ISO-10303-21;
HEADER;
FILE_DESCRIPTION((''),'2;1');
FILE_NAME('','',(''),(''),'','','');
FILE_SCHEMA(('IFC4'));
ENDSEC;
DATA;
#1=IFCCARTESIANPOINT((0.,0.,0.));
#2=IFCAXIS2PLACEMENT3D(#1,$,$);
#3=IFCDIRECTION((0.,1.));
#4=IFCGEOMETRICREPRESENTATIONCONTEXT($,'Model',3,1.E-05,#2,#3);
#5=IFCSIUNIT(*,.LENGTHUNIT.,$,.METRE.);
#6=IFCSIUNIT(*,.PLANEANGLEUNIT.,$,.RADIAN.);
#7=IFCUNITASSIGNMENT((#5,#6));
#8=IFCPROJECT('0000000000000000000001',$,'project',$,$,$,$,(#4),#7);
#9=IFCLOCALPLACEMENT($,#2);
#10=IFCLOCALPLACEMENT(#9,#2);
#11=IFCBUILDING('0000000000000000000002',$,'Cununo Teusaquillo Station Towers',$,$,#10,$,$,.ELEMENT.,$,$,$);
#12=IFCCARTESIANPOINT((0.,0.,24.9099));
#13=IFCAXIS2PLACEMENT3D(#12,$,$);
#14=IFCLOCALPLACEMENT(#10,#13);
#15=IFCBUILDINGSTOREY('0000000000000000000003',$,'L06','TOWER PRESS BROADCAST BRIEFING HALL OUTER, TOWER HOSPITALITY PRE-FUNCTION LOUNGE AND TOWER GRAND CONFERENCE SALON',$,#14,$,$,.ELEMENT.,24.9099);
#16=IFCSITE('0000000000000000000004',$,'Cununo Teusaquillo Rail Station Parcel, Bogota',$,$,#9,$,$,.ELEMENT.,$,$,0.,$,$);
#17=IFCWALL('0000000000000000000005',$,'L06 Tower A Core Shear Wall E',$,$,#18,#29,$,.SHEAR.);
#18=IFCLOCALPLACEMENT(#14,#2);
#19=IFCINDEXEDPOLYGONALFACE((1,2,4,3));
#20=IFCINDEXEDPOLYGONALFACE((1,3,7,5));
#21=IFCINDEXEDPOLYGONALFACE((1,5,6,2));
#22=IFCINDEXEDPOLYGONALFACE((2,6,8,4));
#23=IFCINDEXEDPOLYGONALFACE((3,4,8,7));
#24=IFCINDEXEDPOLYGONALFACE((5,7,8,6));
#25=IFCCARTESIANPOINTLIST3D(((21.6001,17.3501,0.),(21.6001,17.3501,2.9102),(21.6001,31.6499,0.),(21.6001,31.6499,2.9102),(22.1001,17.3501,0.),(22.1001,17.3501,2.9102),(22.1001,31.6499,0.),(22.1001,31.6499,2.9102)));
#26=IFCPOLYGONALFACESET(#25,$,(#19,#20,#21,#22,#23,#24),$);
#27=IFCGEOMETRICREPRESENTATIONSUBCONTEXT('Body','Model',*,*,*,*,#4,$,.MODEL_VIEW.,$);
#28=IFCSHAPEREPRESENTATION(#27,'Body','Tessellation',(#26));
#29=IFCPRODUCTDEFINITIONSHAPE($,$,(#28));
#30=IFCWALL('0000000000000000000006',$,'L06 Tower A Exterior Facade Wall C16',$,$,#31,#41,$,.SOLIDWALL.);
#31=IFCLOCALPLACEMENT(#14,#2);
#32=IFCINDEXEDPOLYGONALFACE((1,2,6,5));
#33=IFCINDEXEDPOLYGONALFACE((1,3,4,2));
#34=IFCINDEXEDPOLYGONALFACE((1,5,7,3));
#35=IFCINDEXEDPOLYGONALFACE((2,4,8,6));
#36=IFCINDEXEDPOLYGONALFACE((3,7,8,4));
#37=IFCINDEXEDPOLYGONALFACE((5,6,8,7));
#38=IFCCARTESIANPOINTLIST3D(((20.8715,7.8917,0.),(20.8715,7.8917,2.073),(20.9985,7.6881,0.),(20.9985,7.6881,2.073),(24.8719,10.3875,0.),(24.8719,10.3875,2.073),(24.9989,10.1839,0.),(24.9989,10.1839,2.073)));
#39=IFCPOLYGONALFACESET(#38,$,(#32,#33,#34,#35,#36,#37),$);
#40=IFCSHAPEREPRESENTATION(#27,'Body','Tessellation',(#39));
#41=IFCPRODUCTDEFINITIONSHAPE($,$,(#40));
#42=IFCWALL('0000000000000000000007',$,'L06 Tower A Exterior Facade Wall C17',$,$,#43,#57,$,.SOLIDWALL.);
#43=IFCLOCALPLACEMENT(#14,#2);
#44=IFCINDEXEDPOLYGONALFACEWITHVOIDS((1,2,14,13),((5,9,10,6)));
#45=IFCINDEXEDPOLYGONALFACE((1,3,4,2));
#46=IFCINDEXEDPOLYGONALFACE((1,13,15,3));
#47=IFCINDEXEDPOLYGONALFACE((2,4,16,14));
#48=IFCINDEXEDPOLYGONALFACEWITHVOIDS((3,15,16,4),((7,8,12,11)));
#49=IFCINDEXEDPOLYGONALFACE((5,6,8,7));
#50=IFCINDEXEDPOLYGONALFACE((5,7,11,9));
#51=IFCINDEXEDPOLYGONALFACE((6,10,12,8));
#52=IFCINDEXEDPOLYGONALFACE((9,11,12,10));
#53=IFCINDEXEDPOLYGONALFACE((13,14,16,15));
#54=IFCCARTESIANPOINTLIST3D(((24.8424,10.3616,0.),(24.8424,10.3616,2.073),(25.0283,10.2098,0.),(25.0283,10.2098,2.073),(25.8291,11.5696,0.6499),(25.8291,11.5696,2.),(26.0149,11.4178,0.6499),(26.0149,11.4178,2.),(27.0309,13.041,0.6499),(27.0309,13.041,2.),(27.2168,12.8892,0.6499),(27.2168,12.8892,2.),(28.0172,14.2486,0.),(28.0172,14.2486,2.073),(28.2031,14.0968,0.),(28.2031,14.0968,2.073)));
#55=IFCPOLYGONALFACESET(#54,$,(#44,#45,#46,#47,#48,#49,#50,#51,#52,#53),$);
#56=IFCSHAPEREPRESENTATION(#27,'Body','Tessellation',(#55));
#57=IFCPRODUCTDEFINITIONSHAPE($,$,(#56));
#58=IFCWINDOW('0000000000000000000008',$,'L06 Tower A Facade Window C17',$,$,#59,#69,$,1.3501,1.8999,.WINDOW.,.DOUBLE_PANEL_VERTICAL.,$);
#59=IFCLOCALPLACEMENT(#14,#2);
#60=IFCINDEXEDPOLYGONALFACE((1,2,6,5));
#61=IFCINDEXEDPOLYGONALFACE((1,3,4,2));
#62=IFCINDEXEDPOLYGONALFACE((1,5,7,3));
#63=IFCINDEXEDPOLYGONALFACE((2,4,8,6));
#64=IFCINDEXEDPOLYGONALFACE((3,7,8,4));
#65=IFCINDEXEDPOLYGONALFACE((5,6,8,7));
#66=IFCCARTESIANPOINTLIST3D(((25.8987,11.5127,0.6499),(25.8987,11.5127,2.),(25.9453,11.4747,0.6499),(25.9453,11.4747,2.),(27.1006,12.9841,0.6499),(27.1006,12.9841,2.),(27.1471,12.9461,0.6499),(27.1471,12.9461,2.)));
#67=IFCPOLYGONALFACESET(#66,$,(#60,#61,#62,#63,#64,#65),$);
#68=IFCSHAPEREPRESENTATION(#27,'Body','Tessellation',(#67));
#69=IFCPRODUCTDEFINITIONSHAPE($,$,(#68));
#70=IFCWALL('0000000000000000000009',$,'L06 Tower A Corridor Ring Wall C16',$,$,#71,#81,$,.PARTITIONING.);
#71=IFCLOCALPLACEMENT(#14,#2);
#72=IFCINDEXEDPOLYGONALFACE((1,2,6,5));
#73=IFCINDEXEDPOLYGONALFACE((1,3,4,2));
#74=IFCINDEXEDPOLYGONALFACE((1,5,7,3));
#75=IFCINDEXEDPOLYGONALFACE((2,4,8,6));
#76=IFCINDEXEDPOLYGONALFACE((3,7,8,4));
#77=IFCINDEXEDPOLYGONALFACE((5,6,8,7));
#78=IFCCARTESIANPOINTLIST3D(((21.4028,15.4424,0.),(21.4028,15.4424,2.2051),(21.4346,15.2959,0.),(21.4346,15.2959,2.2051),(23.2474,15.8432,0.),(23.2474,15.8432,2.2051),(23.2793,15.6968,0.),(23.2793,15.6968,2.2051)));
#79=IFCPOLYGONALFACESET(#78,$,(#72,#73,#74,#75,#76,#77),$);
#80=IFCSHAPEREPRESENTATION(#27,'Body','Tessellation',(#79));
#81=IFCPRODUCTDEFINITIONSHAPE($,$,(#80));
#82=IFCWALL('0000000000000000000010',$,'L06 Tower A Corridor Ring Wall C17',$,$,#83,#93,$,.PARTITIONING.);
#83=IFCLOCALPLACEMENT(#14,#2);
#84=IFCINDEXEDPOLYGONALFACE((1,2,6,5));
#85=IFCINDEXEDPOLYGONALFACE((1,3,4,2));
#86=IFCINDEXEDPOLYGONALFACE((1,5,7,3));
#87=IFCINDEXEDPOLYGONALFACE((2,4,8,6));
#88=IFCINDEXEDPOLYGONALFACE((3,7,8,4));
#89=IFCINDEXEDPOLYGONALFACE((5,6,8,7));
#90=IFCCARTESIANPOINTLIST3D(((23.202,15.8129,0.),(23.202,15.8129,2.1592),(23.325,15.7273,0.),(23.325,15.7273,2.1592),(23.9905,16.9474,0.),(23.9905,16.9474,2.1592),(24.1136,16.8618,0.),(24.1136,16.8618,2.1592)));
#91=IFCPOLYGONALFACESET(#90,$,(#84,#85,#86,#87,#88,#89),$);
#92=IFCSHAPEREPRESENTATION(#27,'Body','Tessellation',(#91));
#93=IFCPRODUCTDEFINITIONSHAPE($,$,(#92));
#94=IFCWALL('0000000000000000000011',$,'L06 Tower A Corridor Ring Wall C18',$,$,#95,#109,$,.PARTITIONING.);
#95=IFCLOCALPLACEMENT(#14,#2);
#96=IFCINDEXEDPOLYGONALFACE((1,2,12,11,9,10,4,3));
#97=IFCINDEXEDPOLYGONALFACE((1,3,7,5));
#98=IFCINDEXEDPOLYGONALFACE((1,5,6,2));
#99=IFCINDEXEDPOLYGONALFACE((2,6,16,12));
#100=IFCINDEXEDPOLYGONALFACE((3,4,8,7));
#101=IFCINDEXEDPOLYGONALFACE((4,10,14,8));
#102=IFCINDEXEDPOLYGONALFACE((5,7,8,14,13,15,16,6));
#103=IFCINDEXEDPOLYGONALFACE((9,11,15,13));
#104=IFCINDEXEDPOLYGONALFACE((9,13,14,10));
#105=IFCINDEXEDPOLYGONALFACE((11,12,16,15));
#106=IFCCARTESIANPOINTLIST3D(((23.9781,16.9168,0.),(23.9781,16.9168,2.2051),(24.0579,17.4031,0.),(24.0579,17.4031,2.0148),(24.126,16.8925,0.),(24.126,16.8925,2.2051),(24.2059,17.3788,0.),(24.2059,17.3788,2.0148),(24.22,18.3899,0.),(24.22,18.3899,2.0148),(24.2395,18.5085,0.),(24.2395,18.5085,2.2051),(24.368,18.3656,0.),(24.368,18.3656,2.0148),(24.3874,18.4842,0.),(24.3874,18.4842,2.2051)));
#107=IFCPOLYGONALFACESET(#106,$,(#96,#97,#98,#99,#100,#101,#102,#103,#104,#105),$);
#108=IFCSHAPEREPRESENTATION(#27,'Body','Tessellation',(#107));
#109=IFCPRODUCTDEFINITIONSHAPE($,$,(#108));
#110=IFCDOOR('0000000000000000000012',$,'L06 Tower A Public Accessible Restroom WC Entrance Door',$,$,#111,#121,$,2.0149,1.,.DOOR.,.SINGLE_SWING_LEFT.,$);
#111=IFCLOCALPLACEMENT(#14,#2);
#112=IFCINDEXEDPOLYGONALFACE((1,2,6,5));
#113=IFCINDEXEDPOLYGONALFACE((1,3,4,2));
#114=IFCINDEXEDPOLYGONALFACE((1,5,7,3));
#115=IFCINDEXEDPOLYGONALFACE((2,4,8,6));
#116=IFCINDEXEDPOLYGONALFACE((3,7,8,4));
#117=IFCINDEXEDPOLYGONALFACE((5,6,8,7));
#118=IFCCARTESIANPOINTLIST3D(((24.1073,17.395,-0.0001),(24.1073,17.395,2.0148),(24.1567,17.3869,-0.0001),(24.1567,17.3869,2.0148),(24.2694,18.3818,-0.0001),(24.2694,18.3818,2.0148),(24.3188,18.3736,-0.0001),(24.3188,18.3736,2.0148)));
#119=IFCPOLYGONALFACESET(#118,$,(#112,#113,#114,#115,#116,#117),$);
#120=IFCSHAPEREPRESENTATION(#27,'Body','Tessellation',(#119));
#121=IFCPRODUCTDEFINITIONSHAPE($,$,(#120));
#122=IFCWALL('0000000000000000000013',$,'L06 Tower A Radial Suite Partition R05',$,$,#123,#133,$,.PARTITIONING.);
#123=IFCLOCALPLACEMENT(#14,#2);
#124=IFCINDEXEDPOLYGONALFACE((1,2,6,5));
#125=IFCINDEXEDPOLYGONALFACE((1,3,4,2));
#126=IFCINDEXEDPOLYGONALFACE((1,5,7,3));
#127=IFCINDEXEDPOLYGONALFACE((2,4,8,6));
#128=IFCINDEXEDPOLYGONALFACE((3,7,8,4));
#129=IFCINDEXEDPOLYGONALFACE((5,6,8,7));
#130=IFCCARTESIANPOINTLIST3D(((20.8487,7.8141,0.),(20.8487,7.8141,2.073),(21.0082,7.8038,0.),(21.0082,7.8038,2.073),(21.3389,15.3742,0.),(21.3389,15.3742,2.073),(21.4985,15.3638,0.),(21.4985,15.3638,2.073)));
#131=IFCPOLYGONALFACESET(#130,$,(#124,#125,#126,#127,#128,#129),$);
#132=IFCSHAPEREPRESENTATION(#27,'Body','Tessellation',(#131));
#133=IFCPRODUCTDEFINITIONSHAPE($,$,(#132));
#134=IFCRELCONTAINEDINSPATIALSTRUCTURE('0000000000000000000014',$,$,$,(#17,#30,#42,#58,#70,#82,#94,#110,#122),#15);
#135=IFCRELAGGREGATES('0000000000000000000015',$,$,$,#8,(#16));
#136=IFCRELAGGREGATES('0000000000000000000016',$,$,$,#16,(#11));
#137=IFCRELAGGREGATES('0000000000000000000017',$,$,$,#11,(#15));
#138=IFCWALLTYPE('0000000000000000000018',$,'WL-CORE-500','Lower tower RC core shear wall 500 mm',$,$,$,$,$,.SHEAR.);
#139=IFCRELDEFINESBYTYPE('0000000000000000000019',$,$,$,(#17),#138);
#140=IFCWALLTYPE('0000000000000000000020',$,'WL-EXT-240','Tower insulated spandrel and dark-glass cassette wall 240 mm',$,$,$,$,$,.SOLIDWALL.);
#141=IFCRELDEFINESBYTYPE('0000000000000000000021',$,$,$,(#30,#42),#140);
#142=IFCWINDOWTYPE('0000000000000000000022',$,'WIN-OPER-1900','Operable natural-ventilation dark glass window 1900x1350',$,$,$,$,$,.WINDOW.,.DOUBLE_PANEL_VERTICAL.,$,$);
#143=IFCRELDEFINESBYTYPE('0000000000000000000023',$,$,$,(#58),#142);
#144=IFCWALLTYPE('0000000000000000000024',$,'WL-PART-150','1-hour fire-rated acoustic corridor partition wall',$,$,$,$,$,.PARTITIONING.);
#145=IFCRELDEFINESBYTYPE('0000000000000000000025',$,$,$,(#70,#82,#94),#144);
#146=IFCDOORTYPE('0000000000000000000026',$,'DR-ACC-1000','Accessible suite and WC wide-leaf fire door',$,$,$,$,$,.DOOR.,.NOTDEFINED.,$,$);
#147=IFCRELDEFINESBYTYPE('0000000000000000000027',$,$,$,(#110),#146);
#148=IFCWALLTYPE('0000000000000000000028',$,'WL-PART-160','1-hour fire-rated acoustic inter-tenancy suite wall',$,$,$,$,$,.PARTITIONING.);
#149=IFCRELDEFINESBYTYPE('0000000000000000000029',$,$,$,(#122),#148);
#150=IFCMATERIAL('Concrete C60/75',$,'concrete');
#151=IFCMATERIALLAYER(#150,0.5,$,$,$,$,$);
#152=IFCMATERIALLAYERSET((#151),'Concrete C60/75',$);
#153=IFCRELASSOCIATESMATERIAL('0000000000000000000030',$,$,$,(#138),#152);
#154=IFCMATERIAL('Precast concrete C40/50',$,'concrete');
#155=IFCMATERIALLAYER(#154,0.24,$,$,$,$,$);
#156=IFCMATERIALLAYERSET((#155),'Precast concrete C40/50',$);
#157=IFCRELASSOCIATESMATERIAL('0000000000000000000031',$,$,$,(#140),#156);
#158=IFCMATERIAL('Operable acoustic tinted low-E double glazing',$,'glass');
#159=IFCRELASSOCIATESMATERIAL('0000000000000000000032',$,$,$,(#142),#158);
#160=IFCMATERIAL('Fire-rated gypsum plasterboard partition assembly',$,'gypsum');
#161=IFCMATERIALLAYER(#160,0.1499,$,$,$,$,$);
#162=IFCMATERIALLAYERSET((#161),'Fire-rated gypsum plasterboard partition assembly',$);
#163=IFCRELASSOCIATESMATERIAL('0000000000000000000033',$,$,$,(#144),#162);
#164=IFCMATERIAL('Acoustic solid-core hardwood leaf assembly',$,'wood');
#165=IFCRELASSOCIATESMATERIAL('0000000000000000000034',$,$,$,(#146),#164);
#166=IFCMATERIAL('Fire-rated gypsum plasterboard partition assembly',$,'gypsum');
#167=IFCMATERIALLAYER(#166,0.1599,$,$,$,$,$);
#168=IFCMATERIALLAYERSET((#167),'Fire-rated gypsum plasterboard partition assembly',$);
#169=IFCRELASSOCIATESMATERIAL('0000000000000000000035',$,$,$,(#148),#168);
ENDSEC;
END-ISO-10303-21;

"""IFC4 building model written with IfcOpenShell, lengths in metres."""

from ifc_helpers import new_model, si_unit, direction, frame, frame_2d, origin, place, context, subcontext, project, spatial, rectangle, extrude, source, transform, mapped, material, layer, layer_set, type_object, element, fill, save


model = new_model("IFC4")

# Units and contexts
model_context = context("Model", 3, precision=1e-05, world=origin(), true_north=direction((0.0, 1.0)))
body_context = subcontext(model_context, "Body", "Model", "MODEL_VIEW")
ifc_project = project(units=[si_unit("LENGTHUNIT", "METRE"), si_unit("PLANEANGLEUNIT", "RADIAN")], contexts=[model_context])

# Site, building, storey
site_placement = place(None, origin())
site = spatial("IfcSite", under=ifc_project, at=site_placement, Name="Cununo Teusaquillo Rail Station Parcel, Bogota", CompositionType="ELEMENT", RefElevation=0.0)
building_placement = place(site_placement, origin())
building = spatial("IfcBuilding", under=site, at=building_placement, Name="Cununo Teusaquillo Station Towers", CompositionType="ELEMENT")
storey_placement = place(building_placement, frame((0.0, 0.0, 24.9099)))
storey = spatial("IfcBuildingStorey", under=building, at=storey_placement, Name="L06", Description="TOWER PRESS BROADCAST BRIEFING HALL OUTER, TOWER HOSPITALITY PRE-FUNCTION LOUNGE AND TOWER GRAND CONFERENCE SALON", CompositionType="ELEMENT", Elevation=24.9099)

# Walls
ifc_material_1 = material(Name="Concrete C60/75", Category="concrete")
ifc_layer_1 = layer(ifc_material_1, 0.5)
ifc_layer_set_1 = layer_set([ifc_layer_1], Name="Concrete C60/75")
wall_type_1 = type_object("IfcWallType", Name="WL-CORE-500", Description="Lower tower RC core shear wall 500 mm", PredefinedType="SHEAR", material=ifc_layer_set_1)
wall_1_placement = place(storey_placement, frame((21.8501, 17.3501, 0.0), z_axis=(0.0, 0.0, 1.0), x_axis=(0.0, 1.0, 0.0)))
element("IfcWall", 1, at=wall_1_placement, inside=storey, type_object=wall_type_1, Name="L06 Tower A Core Shear Wall E", PredefinedType="SHEAR", context=body_context, shape_type="SweptSolid", body=[
    extrude(rectangle(XDim=14.2998, YDim=0.5, at=frame_2d((7.1499, 0.0))), origin(), (0.0, 0.0, 1.0), 2.9102),
])
ifc_material_2 = material(Name="Precast concrete C40/50", Category="concrete")
ifc_layer_2 = layer(ifc_material_2, 0.24)
ifc_layer_set_2 = layer_set([ifc_layer_2], Name="Precast concrete C40/50")
wall_type_2 = type_object("IfcWallType", Name="WL-EXT-240", Description="Tower insulated spandrel and dark-glass cassette wall 240 mm", PredefinedType="SOLIDWALL", material=ifc_layer_set_2)
wall_2_placement = place(storey_placement, frame((24.9353, 10.2856, 0.0), z_axis=(0.0, 0.0, 1.0), x_axis=(-0.848423, -0.529319, 0.0)))
element("IfcWall", 2, at=wall_2_placement, inside=storey, type_object=wall_type_2, Name="L06 Tower A Exterior Facade Wall C16", PredefinedType="SOLIDWALL", context=body_context, shape_type="SweptSolid", body=[
    extrude(rectangle(XDim=4.7151, YDim=0.24, at=frame_2d((2.3574, 0.0))), origin(), (0.0, 0.0, 1.0), 2.073),
])

# Wall, opening, window
wall_3_placement = place(storey_placement, frame((28.1101, 14.1726, 0.0), z_axis=(0.0, 0.0, 1.0), x_axis=(-0.632589, -0.774488, 0.0)))
wall_3 = element("IfcWall", 3, at=wall_3_placement, inside=storey, type_object=wall_type_2, Name="L06 Tower A Exterior Facade Wall C17", PredefinedType="SOLIDWALL", context=body_context, shape_type="SweptSolid", body=[
    extrude(rectangle(XDim=5.0188, YDim=0.24, at=frame_2d((2.5093, 0.0))), origin(), (0.0, 0.0, 1.0), 2.073),
])
shared_shape_1 = source(origin(), body_context, "Body", "SweptSolid", [
    extrude(rectangle(XDim=1.8999, YDim=1.3501, at=frame_2d((0.95, 0.675))), frame((0.0, 0.1299, 0.0), z_axis=(0.0, -1.0, 0.0), x_axis=(1.0, 0.0, 0.0)), (0.0, 0.0, 1.0), 0.26),
])
opening_1_placement = place(wall_3_placement, frame((1.5591, 0.0, 0.6499)))
opening_1 = element("IfcOpeningElement", 4, at=opening_1_placement, cuts=wall_3, PredefinedType="OPENING", context=body_context, shape_type="MappedRepresentation", body=[
    mapped(shared_shape_1, transform((0.0, 0.0, 0.0), x_axis=(1.0, 0.0, 0.0), y_axis=(0.0, 1.0, 0.0), z_axis=(0.0, 0.0, 1.0), scale=1.0)),
])
ifc_material_3 = material(Name="Operable acoustic tinted low-E double glazing", Category="glass")
window_type = type_object("IfcWindowType", Name="WIN-OPER-1900", Description="Operable natural-ventilation dark glass window 1900x1350", PartitioningType="DOUBLE_PANEL_VERTICAL", PredefinedType="WINDOW", material=ifc_material_3)
shared_shape_2 = source(origin(), body_context, "Body", "SweptSolid", [
    extrude(rectangle(XDim=1.8999, YDim=1.3501, at=frame_2d((0.95, 0.675))), frame((0.0, 0.03, 0.0), z_axis=(0.0, -1.0, 0.0), x_axis=(1.0, 0.0, 0.0)), (0.0, 0.0, 1.0), 0.0601),
])
window_placement = place(opening_1_placement, origin())
window = element("IfcWindow", 5, at=window_placement, inside=storey, type_object=window_type, Name="L06 Tower A Facade Window C17", OverallHeight=1.3501, OverallWidth=1.8999, PartitioningType="DOUBLE_PANEL_VERTICAL", PredefinedType="WINDOW", context=body_context, shape_type="MappedRepresentation", body=[
    mapped(shared_shape_2, transform((0.0, 0.0, 0.0), x_axis=(1.0, 0.0, 0.0), y_axis=(0.0, 1.0, 0.0), z_axis=(0.0, 0.0, 1.0), scale=1.0)),
])
fill(opening_1, window)

# Walls
ifc_material_4 = material(Name="Fire-rated gypsum plasterboard partition assembly", Category="gypsum")
ifc_layer_3 = layer(ifc_material_4, 0.1499)
ifc_layer_set_3 = layer_set([ifc_layer_3], Name="Fire-rated gypsum plasterboard partition assembly")
wall_type_3 = type_object("IfcWallType", Name="WL-PART-150", Description="1-hour fire-rated acoustic corridor partition wall", PredefinedType="PARTITIONING", material=ifc_layer_set_3)
wall_4_placement = place(storey_placement, frame((21.4187, 15.3691, 0.0), z_axis=(0.0, 0.0, 1.0), x_axis=(0.977193, 0.212354, 0.0)))
element("IfcWall", 6, at=wall_4_placement, inside=storey, type_object=wall_type_3, Name="L06 Tower A Corridor Ring Wall C16", PredefinedType="PARTITIONING", context=body_context, shape_type="SweptSolid", body=[
    extrude(rectangle(XDim=1.8877, YDim=0.1499, at=frame_2d((0.9438, 0.0))), origin(), (0.0, 0.0, 1.0), 2.2051),
])
wall_5_placement = place(storey_placement, frame((23.2634, 15.77, 0.0), z_axis=(0.0, 0.0, 1.0), x_axis=(0.570743, 0.821128, 0.0)))
element("IfcWall", 7, at=wall_5_placement, inside=storey, type_object=wall_type_3, Name="L06 Tower A Corridor Ring Wall C17", PredefinedType="PARTITIONING", context=body_context, shape_type="SweptSolid", body=[
    extrude(rectangle(XDim=1.3816, YDim=0.1499, at=frame_2d((0.6909, 0.0))), origin(), (0.0, 0.0, 1.0), 2.1592),
])

# Wall, opening, door
wall_6_placement = place(storey_placement, frame((24.052, 16.9045, 0.0), z_axis=(0.0, 0.0, 1.0), x_axis=(0.162092, 0.986776, 0.0)))
wall_6 = element("IfcWall", 8, at=wall_6_placement, inside=storey, type_object=wall_type_3, Name="L06 Tower A Corridor Ring Wall C18", PredefinedType="PARTITIONING", context=body_context, shape_type="SweptSolid", body=[
    extrude(rectangle(XDim=1.613, YDim=0.1499, at=frame_2d((0.8066, 0.0))), origin(), (0.0, 0.0, 1.0), 2.2051),
])
shared_shape_3 = source(origin(), body_context, "Body", "SweptSolid", [
    extrude(rectangle(XDim=1.0, YDim=2.0149, at=frame_2d((0.5, 1.0073))), frame((0.0, 0.085, 0.0), z_axis=(0.0, -1.0, 0.0), x_axis=(1.0, 0.0, 0.0)), (0.0, 0.0, 1.0), 0.1699),
])
opening_2_placement = place(wall_6_placement, frame((0.4929, 0.0, 0.0)))
opening_2 = element("IfcOpeningElement", 9, at=opening_2_placement, cuts=wall_6, PredefinedType="OPENING", context=body_context, shape_type="MappedRepresentation", body=[
    mapped(shared_shape_3, transform((0.0, 0.0, 0.0), x_axis=(1.0, 0.0, 0.0), y_axis=(0.0, 1.0, 0.0), z_axis=(0.0, 0.0, 1.0), scale=1.0)),
])
ifc_material_5 = material(Name="Acoustic solid-core hardwood leaf assembly", Category="wood")
door_type = type_object("IfcDoorType", Name="DR-ACC-1000", Description="Accessible suite and WC wide-leaf fire door", OperationType="NOTDEFINED", PredefinedType="DOOR", material=ifc_material_5)
shared_shape_4 = source(origin(), body_context, "Body", "SweptSolid", [
    extrude(rectangle(XDim=1.0, YDim=2.0149, at=frame_2d((0.5, 1.0073))), frame((0.0, 0.0249, 0.0), z_axis=(0.0, -1.0, 0.0), x_axis=(1.0, 0.0, 0.0)), (0.0, 0.0, 1.0), 0.05),
])
door_placement = place(opening_2_placement, origin())
door = element("IfcDoor", 10, at=door_placement, inside=storey, type_object=door_type, Name="L06 Tower A Public Accessible Restroom WC Entrance Door", OperationType="SINGLE_SWING_LEFT", OverallHeight=2.0149, OverallWidth=1.0, PredefinedType="DOOR", context=body_context, shape_type="MappedRepresentation", body=[
    mapped(shared_shape_4, transform((0.0, 0.0, 0.0), x_axis=(1.0, 0.0, 0.0), y_axis=(0.0, 1.0, 0.0), z_axis=(0.0, 0.0, 1.0), scale=1.0)),
])
fill(opening_2, door)

# Wall
ifc_material_6 = material(Name="Fire-rated gypsum plasterboard partition assembly", Category="gypsum")
ifc_layer_4 = layer(ifc_material_6, 0.1599)
ifc_layer_set_4 = layer_set([ifc_layer_4], Name="Fire-rated gypsum plasterboard partition assembly")
wall_type_4 = type_object("IfcWallType", Name="WL-PART-160", Description="1-hour fire-rated acoustic inter-tenancy suite wall", PredefinedType="PARTITIONING", material=ifc_layer_set_4)
wall_7_placement = place(storey_placement, frame((21.4187, 15.3691, 0.0), z_axis=(0.0, 0.0, 1.0), x_axis=(-0.064709, -0.997904, 0.0)))
element("IfcWall", 11, at=wall_7_placement, inside=storey, type_object=wall_type_4, Name="L06 Tower A Radial Suite Partition R05", PredefinedType="PARTITIONING", context=body_context, shape_type="SweptSolid", body=[
    extrude(rectangle(XDim=7.5759, YDim=0.1599, at=frame_2d((3.7881, 0.0))), origin(), (0.0, 0.0, 1.0), 2.073),
])

save(model, "model.ifc")
